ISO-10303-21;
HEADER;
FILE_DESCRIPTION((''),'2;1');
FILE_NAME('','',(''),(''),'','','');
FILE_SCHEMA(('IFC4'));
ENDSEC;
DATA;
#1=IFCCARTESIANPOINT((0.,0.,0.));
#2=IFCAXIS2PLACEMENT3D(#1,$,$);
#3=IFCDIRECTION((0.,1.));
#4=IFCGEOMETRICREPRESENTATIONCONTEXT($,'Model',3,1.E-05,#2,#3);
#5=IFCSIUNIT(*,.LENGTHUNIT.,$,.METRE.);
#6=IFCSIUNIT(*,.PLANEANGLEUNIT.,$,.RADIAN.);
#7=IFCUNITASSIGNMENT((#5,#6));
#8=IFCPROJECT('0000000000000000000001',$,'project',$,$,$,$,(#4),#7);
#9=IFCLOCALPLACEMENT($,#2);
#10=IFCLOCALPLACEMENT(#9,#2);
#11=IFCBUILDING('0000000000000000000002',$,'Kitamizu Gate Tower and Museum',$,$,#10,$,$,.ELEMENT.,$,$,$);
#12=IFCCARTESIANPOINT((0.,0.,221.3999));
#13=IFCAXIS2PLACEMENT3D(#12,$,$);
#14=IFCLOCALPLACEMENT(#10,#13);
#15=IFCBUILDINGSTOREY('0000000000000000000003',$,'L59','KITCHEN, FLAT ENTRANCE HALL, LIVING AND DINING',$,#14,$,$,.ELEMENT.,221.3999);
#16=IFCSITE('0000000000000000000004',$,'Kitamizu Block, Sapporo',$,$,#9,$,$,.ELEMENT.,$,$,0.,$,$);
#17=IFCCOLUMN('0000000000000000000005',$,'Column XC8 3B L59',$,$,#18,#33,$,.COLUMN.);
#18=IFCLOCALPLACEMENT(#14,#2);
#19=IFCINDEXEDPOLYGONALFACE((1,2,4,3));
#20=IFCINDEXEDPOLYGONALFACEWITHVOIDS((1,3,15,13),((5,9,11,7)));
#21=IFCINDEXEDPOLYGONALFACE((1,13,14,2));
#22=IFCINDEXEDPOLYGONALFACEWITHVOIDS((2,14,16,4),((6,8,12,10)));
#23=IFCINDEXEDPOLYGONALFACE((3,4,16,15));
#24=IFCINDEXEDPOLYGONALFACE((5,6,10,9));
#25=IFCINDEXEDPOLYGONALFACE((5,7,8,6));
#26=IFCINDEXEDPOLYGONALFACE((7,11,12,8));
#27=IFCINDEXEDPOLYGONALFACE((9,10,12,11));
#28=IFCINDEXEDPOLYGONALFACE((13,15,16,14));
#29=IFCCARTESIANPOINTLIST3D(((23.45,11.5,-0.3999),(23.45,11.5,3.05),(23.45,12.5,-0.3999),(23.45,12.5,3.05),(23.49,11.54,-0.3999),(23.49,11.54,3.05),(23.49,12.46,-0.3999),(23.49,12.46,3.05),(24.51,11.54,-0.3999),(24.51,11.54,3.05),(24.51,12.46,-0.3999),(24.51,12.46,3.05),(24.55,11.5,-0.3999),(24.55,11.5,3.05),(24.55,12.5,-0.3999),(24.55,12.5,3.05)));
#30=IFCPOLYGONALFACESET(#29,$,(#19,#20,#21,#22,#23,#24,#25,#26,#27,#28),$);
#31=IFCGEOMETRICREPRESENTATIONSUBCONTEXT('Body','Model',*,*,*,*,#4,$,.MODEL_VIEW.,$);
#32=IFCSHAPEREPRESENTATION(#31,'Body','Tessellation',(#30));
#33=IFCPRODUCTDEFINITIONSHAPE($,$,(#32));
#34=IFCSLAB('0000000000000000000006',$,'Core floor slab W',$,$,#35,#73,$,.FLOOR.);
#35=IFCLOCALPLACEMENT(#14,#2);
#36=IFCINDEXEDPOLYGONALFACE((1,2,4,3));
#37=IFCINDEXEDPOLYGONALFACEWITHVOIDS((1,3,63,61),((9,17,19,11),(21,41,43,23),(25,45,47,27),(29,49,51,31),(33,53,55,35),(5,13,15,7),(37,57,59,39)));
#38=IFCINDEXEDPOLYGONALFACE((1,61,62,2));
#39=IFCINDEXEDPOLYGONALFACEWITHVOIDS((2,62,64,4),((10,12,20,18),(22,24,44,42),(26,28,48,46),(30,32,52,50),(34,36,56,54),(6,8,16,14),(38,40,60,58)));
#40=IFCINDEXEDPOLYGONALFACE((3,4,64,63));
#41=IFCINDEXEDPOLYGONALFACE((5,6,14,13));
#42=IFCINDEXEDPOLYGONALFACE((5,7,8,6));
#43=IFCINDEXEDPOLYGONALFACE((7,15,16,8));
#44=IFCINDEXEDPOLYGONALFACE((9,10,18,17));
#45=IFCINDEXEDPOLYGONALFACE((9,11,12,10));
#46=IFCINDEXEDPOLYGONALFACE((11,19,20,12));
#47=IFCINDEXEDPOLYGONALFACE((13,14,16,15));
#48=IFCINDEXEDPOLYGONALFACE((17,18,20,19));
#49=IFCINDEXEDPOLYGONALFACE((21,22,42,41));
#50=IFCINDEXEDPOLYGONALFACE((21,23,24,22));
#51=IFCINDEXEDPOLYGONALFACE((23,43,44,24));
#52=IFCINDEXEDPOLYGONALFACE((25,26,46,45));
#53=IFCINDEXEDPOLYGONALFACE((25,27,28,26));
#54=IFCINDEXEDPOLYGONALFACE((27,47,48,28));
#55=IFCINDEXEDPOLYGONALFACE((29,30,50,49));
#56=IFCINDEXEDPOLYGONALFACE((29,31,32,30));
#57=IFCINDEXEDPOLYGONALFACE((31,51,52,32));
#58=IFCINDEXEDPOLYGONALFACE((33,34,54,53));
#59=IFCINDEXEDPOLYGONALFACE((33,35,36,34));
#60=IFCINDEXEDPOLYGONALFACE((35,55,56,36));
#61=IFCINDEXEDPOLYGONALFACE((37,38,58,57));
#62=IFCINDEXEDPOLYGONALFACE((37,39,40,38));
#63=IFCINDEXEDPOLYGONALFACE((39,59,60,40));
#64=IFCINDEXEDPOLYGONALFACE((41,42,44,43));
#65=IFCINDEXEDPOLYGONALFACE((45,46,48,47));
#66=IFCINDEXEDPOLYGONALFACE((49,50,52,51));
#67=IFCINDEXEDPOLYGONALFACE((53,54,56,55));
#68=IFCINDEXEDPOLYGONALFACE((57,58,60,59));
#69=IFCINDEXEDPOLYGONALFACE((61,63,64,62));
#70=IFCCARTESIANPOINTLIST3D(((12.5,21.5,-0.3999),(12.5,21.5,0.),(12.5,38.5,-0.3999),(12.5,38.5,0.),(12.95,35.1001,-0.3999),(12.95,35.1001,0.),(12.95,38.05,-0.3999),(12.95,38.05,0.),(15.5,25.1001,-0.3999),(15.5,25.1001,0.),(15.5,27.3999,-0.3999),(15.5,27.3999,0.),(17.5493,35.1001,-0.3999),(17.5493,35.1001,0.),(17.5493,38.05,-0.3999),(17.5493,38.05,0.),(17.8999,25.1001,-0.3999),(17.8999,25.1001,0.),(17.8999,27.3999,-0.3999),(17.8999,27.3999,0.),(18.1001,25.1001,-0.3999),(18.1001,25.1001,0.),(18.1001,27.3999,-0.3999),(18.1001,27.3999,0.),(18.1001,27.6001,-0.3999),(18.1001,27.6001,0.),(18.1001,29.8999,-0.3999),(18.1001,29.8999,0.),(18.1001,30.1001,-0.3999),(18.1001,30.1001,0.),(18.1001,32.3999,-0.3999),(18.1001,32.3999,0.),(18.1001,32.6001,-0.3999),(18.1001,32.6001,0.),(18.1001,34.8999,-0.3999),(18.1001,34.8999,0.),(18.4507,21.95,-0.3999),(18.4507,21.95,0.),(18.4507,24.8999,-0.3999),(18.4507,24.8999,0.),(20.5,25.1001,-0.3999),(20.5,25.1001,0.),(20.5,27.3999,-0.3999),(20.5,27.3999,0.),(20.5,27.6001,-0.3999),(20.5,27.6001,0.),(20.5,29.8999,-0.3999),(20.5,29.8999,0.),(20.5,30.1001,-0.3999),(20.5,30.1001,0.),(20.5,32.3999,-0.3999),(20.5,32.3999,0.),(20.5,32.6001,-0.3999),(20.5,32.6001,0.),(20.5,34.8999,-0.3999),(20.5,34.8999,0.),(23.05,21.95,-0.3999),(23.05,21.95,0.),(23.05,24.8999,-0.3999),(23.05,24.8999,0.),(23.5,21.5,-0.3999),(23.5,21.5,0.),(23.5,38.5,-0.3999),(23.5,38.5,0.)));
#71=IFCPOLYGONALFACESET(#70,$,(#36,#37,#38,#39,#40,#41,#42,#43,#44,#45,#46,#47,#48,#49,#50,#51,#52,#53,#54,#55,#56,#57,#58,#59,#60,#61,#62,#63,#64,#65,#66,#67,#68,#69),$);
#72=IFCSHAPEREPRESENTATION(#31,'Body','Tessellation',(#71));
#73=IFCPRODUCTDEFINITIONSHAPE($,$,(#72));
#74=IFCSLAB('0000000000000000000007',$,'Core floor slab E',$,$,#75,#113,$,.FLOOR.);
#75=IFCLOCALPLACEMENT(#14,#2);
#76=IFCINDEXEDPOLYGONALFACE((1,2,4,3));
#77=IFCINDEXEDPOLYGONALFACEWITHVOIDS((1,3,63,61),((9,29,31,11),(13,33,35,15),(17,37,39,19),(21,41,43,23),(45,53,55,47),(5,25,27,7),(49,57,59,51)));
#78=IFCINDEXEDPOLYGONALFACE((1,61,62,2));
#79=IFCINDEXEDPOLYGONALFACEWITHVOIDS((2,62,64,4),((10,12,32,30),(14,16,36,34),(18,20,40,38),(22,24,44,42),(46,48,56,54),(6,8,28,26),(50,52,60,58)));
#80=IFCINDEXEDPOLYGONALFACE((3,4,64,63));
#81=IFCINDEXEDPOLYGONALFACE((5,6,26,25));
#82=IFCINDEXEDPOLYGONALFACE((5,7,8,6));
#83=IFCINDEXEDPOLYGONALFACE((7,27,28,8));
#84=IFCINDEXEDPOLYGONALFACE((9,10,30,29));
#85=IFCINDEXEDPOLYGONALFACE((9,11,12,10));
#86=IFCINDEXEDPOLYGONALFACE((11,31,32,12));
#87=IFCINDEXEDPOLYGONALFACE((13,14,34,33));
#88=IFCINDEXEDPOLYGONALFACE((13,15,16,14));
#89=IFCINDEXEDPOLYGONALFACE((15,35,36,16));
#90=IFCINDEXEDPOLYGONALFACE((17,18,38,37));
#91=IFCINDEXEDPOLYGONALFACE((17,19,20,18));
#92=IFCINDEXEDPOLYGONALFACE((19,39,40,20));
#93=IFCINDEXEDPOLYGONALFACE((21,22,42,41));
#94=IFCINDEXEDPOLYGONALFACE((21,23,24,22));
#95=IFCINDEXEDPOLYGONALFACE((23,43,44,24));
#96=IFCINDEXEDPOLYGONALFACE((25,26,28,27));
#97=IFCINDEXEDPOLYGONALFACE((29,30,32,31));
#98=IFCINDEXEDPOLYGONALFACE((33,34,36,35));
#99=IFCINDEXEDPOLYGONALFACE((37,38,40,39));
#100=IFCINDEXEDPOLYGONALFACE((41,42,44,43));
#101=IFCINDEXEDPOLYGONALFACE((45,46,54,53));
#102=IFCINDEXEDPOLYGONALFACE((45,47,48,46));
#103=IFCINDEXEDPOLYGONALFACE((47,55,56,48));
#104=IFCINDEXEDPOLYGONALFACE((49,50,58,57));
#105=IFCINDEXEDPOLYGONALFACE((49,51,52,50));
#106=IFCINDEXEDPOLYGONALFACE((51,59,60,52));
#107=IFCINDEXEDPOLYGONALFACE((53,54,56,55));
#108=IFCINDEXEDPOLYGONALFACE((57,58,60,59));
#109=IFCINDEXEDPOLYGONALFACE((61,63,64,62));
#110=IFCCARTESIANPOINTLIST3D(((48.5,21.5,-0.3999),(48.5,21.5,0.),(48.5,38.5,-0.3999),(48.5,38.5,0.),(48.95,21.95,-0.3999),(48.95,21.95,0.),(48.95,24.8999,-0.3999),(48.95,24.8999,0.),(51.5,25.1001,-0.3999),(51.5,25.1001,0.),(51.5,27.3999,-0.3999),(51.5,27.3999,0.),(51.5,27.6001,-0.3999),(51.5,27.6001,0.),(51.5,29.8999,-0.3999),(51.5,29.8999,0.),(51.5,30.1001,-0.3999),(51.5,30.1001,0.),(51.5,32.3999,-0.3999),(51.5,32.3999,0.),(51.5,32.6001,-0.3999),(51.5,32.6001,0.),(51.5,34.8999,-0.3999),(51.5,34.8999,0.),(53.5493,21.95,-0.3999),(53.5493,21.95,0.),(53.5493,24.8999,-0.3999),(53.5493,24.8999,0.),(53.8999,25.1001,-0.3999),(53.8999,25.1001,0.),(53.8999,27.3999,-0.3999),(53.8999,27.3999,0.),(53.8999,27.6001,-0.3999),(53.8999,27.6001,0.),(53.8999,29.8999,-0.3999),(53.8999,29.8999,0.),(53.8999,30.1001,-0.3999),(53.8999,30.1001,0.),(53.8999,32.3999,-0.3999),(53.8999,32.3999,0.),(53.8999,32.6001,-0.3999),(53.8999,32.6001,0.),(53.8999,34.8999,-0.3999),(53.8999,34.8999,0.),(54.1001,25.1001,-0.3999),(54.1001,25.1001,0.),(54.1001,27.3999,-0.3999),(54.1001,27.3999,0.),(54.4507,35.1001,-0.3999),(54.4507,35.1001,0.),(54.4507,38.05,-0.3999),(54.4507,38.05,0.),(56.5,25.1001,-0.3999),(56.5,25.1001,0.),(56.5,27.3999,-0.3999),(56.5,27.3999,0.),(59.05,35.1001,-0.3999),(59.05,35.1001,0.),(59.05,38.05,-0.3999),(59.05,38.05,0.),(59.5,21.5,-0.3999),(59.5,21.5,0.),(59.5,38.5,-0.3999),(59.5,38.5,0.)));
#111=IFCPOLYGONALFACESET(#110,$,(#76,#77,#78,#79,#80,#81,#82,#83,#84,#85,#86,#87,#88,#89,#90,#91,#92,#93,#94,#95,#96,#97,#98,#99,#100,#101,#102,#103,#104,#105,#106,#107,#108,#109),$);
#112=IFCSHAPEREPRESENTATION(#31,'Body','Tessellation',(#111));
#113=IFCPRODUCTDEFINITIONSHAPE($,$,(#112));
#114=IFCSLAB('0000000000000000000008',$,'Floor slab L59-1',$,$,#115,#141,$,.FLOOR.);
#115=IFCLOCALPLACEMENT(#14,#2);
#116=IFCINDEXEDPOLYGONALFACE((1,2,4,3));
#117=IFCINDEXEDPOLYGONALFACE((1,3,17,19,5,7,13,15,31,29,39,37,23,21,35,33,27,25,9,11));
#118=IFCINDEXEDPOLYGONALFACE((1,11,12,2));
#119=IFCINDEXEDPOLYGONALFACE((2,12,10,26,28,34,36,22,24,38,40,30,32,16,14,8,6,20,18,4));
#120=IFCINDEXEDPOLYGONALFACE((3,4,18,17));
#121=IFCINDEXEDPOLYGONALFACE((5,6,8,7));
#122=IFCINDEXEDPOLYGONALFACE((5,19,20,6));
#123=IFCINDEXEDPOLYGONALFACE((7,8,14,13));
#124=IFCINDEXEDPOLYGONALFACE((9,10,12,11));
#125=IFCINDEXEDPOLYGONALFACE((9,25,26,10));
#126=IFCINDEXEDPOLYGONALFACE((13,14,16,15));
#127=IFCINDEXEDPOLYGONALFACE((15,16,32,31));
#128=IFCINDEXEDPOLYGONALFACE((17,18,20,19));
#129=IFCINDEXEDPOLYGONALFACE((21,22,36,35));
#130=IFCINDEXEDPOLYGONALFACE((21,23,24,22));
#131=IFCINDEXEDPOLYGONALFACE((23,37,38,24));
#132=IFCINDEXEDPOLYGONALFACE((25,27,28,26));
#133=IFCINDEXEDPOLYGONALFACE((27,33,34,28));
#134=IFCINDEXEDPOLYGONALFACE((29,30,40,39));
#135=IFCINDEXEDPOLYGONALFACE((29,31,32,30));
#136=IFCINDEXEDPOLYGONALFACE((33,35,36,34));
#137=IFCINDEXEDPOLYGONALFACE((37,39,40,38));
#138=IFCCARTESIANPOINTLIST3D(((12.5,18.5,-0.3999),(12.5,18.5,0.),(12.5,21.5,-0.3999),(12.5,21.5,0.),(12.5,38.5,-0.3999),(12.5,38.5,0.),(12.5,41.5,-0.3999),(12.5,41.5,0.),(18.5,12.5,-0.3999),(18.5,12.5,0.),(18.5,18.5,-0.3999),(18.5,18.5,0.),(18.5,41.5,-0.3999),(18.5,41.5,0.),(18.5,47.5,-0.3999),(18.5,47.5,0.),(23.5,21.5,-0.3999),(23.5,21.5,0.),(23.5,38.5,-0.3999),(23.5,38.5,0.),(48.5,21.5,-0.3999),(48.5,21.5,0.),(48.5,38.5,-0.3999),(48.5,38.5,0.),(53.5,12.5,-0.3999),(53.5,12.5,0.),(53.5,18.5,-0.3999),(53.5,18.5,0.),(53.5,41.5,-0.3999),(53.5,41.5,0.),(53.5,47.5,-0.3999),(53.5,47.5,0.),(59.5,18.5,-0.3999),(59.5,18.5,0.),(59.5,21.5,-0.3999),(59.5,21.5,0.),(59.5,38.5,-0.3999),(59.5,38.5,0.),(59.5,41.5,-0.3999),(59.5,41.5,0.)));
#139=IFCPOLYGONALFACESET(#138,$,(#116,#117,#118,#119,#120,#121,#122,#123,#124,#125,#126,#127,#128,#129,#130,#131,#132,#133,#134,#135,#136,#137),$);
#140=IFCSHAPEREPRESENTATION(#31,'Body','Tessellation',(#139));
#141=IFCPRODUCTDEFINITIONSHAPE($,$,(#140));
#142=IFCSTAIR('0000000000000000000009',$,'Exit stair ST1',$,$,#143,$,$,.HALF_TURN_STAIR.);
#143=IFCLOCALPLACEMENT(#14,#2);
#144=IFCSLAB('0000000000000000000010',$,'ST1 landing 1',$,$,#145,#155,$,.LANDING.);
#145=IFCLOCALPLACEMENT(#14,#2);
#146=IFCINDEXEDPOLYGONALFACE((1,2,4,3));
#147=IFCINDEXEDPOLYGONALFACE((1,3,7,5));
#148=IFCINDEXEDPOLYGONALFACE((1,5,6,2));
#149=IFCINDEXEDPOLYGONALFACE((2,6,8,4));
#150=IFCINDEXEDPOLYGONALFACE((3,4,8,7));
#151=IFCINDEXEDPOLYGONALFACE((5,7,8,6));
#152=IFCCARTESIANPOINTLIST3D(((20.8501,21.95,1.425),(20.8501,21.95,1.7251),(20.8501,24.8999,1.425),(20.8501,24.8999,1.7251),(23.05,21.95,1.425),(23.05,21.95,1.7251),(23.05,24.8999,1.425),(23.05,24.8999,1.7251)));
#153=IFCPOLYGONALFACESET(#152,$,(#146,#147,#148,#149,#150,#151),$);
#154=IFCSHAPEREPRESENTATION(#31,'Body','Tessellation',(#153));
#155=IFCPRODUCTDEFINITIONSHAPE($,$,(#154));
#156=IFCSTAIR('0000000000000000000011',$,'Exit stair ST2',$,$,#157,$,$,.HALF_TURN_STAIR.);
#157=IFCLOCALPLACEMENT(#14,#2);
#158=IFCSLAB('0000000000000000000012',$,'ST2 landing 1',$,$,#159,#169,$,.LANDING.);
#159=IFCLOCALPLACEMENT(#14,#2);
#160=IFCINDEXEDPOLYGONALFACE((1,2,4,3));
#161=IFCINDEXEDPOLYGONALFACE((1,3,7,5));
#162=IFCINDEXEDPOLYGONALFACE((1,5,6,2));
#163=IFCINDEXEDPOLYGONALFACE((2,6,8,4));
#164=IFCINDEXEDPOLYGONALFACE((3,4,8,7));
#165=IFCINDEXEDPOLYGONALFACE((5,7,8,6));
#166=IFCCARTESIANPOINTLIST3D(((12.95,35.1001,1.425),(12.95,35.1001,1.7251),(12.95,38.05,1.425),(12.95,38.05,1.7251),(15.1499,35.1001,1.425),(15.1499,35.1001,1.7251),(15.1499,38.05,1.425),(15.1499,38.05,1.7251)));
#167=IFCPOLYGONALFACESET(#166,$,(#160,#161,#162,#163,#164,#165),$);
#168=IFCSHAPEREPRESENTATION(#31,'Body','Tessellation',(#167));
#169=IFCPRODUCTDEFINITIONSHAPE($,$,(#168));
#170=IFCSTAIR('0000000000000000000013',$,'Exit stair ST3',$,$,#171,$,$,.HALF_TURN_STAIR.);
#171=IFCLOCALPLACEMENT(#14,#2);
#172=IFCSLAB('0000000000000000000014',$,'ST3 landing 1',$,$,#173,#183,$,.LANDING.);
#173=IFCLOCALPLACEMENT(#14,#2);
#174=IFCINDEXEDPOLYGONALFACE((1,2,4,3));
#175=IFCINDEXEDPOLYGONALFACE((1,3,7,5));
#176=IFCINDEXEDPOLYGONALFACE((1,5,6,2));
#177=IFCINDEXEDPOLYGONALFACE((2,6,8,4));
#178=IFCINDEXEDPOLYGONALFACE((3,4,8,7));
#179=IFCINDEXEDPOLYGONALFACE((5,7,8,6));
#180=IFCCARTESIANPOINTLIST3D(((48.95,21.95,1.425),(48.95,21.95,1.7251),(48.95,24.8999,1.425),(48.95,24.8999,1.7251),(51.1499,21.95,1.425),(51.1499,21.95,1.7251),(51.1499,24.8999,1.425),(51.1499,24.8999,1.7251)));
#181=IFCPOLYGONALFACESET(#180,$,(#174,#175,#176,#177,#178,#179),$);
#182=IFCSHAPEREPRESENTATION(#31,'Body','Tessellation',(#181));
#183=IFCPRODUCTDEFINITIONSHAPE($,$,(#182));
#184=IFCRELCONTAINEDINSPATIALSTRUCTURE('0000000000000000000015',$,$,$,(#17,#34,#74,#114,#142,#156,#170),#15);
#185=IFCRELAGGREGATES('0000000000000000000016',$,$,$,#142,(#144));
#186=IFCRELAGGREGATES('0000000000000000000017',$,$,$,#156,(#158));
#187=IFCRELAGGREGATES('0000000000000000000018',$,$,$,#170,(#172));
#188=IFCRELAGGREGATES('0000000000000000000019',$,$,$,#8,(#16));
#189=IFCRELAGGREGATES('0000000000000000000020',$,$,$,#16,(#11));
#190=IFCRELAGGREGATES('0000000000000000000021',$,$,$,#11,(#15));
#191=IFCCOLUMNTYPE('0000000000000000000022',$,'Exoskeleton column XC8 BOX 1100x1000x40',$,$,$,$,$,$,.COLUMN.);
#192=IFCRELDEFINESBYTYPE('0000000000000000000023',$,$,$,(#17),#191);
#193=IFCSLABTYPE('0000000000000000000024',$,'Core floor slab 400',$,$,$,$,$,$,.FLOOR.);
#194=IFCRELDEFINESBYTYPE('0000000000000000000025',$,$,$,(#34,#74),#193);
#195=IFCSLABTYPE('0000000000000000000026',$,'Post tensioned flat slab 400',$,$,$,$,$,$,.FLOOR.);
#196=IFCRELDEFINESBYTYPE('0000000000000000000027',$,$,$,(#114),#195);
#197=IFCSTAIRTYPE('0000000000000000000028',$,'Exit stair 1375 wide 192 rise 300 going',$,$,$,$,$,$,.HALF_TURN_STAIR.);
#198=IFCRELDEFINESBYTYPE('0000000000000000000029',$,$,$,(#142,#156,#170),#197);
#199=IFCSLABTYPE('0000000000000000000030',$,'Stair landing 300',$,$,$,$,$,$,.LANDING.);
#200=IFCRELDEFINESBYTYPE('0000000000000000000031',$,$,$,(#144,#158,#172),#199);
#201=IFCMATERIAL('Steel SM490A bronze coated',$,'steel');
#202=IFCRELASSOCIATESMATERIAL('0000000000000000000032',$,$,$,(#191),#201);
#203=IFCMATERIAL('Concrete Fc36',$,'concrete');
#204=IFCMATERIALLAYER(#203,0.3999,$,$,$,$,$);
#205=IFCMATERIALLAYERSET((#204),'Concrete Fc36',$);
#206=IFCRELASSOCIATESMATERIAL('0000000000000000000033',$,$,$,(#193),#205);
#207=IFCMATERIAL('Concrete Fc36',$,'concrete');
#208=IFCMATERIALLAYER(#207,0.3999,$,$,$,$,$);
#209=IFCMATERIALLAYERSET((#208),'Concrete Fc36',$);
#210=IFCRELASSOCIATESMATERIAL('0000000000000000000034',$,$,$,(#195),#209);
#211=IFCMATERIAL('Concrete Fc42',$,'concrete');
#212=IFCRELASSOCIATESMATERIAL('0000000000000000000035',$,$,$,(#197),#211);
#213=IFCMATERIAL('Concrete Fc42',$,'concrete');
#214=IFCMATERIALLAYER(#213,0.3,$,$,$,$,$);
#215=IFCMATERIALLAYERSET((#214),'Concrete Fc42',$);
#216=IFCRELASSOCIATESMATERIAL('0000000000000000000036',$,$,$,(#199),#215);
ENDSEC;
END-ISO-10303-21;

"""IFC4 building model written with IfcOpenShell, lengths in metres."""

from ifc_helpers import new_model, si_unit, direction, frame, origin, origin_2d, place, context, subcontext, project, spatial, polyline, hollow_rectangle, outline, extrude, material, layer, layer_set, material_profile, profile_set, type_object, element, aggregate, save


model = new_model("IFC4")

# Units and contexts
model_context = context("Model", 3, precision=1e-05, world=origin(), true_north=direction((0.0, 1.0)))
body_context = subcontext(model_context, "Body", "Model", "MODEL_VIEW")
ifc_project = project(units=[si_unit("LENGTHUNIT", "METRE"), si_unit("PLANEANGLEUNIT", "RADIAN")], contexts=[model_context])

# Site, building, storey
site_placement = place(None, origin())
site = spatial("IfcSite", under=ifc_project, at=site_placement, Name="Kitamizu Block, Sapporo", CompositionType="ELEMENT", RefElevation=0.0)
building_placement = place(site_placement, origin())
building = spatial("IfcBuilding", under=site, at=building_placement, Name="Kitamizu Gate Tower and Museum", CompositionType="ELEMENT")
storey_placement = place(building_placement, frame((0.0, 0.0, 221.3999)))
storey = spatial("IfcBuildingStorey", under=building, at=storey_placement, Name="L59", Description="KITCHEN, FLAT ENTRANCE HALL, LIVING AND DINING", CompositionType="ELEMENT", Elevation=221.3999)

# Column
ifc_material_1 = material(Name="Steel SM490A bronze coated", Category="steel")
ifc_material_profile = material_profile(ifc_material_1, hollow_rectangle(XDim=1.1001, YDim=1.0, WallThickness=0.04, at=origin_2d()), Name="BOX 1100x1000x40")
ifc_profile_set = profile_set([ifc_material_profile], Name="Steel SM490A bronze coated")
column_type = type_object("IfcColumnType", Name="Exoskeleton column XC8 BOX 1100x1000x40", PredefinedType="COLUMN", material=ifc_profile_set)
column_placement = place(storey_placement, frame((24.0, 12.0, -0.3999), z_axis=(0.0, 0.0, 1.0), x_axis=(1.0, 0.0, 0.0)))
element("IfcColumn", 1, at=column_placement, inside=storey, type_object=column_type, Name="Column XC8 3B L59", PredefinedType="COLUMN", context=body_context, shape_type="SweptSolid", body=[
    extrude(hollow_rectangle(XDim=1.1001, YDim=1.0, WallThickness=0.04, at=origin_2d()), origin(), (0.0, 0.0, 1.0), 3.45),
])

# Slabs
ifc_material_2 = material(Name="Concrete Fc36", Category="concrete")
ifc_layer_1 = layer(ifc_material_2, 0.3999)
ifc_layer_set_1 = layer_set([ifc_layer_1], Name="Concrete Fc36")
slab_type_1 = type_object("IfcSlabType", Name="Core floor slab 400", PredefinedType="FLOOR", material=ifc_layer_set_1)
slab_1_placement = place(storey_placement, frame((0.0, 0.0, -0.3999)))
element("IfcSlab", 2, at=slab_1_placement, inside=storey, type_object=slab_type_1, Name="Core floor slab W", PredefinedType="FLOOR", context=body_context, shape_type="SweptSolid", body=[
    extrude(outline(polyline([(12.5, 21.5), (23.5, 21.5), (23.5, 38.5), (12.5, 38.5), (12.5, 21.5)]), holes=[polyline([(15.5, 25.1001), (17.8999, 25.1001), (17.8999, 27.3999), (15.5, 27.3999), (15.5, 25.1001)]), polyline([(18.1001, 25.1001), (20.5, 25.1001), (20.5, 27.3999), (18.1001, 27.3999), (18.1001, 25.1001)]), polyline([(18.1001, 27.6001), (20.5, 27.6001), (20.5, 29.8999), (18.1001, 29.8999), (18.1001, 27.6001)]), polyline([(18.1001, 30.1001), (20.5, 30.1001), (20.5, 32.3999), (18.1001, 32.3999), (18.1001, 30.1001)]), polyline([(18.1001, 32.6001), (20.5, 32.6001), (20.5, 34.8999), (18.1001, 34.8999), (18.1001, 32.6001)]), polyline([(18.4507, 21.95), (23.05, 21.95), (23.05, 24.8999), (18.4507, 24.8999), (18.4507, 21.95)]), polyline([(12.95, 35.1001), (17.5493, 35.1001), (17.5493, 38.05), (12.95, 38.05), (12.95, 35.1001)])]), origin(), (0.0, 0.0, 1.0), 0.3999),
])
slab_2_placement = place(storey_placement, frame((0.0, 0.0, -0.3999)))
element("IfcSlab", 3, at=slab_2_placement, inside=storey, type_object=slab_type_1, Name="Core floor slab E", PredefinedType="FLOOR", context=body_context, shape_type="SweptSolid", body=[
    extrude(outline(polyline([(48.5, 21.5), (59.5, 21.5), (59.5, 38.5), (48.5, 38.5), (48.5, 21.5)]), holes=[polyline([(54.1001, 25.1001), (56.5, 25.1001), (56.5, 27.3999), (54.1001, 27.3999), (54.1001, 25.1001)]), polyline([(51.5, 25.1001), (53.8999, 25.1001), (53.8999, 27.3999), (51.5, 27.3999), (51.5, 25.1001)]), polyline([(51.5, 27.6001), (53.8999, 27.6001), (53.8999, 29.8999), (51.5, 29.8999), (51.5, 27.6001)]), polyline([(51.5, 30.1001), (53.8999, 30.1001), (53.8999, 32.3999), (51.5, 32.3999), (51.5, 30.1001)]), polyline([(51.5, 32.6001), (53.8999, 32.6001), (53.8999, 34.8999), (51.5, 34.8999), (51.5, 32.6001)]), polyline([(48.95, 21.95), (53.5493, 21.95), (53.5493, 24.8999), (48.95, 24.8999), (48.95, 21.95)]), polyline([(54.4507, 35.1001), (59.05, 35.1001), (59.05, 38.05), (54.4507, 38.05), (54.4507, 35.1001)])]), origin(), (0.0, 0.0, 1.0), 0.3999),
])
ifc_material_3 = material(Name="Concrete Fc36", Category="concrete")
ifc_layer_2 = layer(ifc_material_3, 0.3999)
ifc_layer_set_2 = layer_set([ifc_layer_2], Name="Concrete Fc36")
slab_type_2 = type_object("IfcSlabType", Name="Post tensioned flat slab 400", PredefinedType="FLOOR", material=ifc_layer_set_2)
slab_3_placement = place(storey_placement, frame((0.0, 0.0, -0.3999)))
element("IfcSlab", 4, at=slab_3_placement, inside=storey, type_object=slab_type_2, Name="Floor slab L59-1", PredefinedType="FLOOR", context=body_context, shape_type="SweptSolid", body=[
    extrude(outline(polyline([(12.5, 18.5), (12.5, 21.5), (23.5, 21.5), (23.5, 38.5), (12.5, 38.5), (12.5, 41.5), (18.5, 41.5), (18.5, 47.5), (53.5, 47.5), (53.5, 41.5), (59.5, 41.5), (59.5, 38.5), (48.5, 38.5), (48.5, 21.5), (59.5, 21.5), (59.5, 18.5), (53.5, 18.5), (53.5, 12.5), (18.5, 12.5), (18.5, 18.5), (12.5, 18.5)])), origin(), (0.0, 0.0, 1.0), 0.3999),
])

# Stairs, slabs
ifc_material_4 = material(Name="Concrete Fc42", Category="concrete")
stair_type = type_object("IfcStairType", Name="Exit stair 1375 wide 192 rise 300 going", PredefinedType="HALF_TURN_STAIR", material=ifc_material_4)
stair_1_placement = place(storey_placement, origin())
stair_1 = element("IfcStair", 5, at=stair_1_placement, inside=storey, type_object=stair_type, Name="Exit stair ST1", PredefinedType="HALF_TURN_STAIR")
ifc_material_5 = material(Name="Concrete Fc42", Category="concrete")
ifc_layer_3 = layer(ifc_material_5, 0.3)
ifc_layer_set_3 = layer_set([ifc_layer_3], Name="Concrete Fc42")
slab_type_3 = type_object("IfcSlabType", Name="Stair landing 300", PredefinedType="LANDING", material=ifc_layer_set_3)
slab_4_placement = place(storey_placement, frame((0.0, 0.0, 1.425)))
slab_4 = element("IfcSlab", 6, at=slab_4_placement, type_object=slab_type_3, Name="ST1 landing 1", PredefinedType="LANDING", context=body_context, shape_type="SweptSolid", body=[
    extrude(outline(polyline([(20.8501, 21.95), (23.05, 21.95), (23.05, 24.8999), (20.8501, 24.8999), (20.8501, 21.95)])), origin(), (0.0, 0.0, 1.0), 0.3),
])
aggregate(stair_1, [slab_4])
stair_2_placement = place(storey_placement, origin())
stair_2 = element("IfcStair", 7, at=stair_2_placement, inside=storey, type_object=stair_type, Name="Exit stair ST2", PredefinedType="HALF_TURN_STAIR")
slab_5_placement = place(storey_placement, frame((0.0, 0.0, 1.425)))
slab_5 = element("IfcSlab", 8, at=slab_5_placement, type_object=slab_type_3, Name="ST2 landing 1", PredefinedType="LANDING", context=body_context, shape_type="SweptSolid", body=[
    extrude(outline(polyline([(12.95, 35.1001), (15.1499, 35.1001), (15.1499, 38.05), (12.95, 38.05), (12.95, 35.1001)])), origin(), (0.0, 0.0, 1.0), 0.3),
])
aggregate(stair_2, [slab_5])
stair_3_placement = place(storey_placement, origin())
stair_3 = element("IfcStair", 9, at=stair_3_placement, inside=storey, type_object=stair_type, Name="Exit stair ST3", PredefinedType="HALF_TURN_STAIR")
slab_6_placement = place(storey_placement, frame((0.0, 0.0, 1.425)))
slab_6 = element("IfcSlab", 10, at=slab_6_placement, type_object=slab_type_3, Name="ST3 landing 1", PredefinedType="LANDING", context=body_context, shape_type="SweptSolid", body=[
    extrude(outline(polyline([(48.95, 21.95), (51.1499, 21.95), (51.1499, 24.8999), (48.95, 24.8999), (48.95, 21.95)])), origin(), (0.0, 0.0, 1.0), 0.3),
])
aggregate(stair_3, [slab_6])

save(model, "model.ifc")
